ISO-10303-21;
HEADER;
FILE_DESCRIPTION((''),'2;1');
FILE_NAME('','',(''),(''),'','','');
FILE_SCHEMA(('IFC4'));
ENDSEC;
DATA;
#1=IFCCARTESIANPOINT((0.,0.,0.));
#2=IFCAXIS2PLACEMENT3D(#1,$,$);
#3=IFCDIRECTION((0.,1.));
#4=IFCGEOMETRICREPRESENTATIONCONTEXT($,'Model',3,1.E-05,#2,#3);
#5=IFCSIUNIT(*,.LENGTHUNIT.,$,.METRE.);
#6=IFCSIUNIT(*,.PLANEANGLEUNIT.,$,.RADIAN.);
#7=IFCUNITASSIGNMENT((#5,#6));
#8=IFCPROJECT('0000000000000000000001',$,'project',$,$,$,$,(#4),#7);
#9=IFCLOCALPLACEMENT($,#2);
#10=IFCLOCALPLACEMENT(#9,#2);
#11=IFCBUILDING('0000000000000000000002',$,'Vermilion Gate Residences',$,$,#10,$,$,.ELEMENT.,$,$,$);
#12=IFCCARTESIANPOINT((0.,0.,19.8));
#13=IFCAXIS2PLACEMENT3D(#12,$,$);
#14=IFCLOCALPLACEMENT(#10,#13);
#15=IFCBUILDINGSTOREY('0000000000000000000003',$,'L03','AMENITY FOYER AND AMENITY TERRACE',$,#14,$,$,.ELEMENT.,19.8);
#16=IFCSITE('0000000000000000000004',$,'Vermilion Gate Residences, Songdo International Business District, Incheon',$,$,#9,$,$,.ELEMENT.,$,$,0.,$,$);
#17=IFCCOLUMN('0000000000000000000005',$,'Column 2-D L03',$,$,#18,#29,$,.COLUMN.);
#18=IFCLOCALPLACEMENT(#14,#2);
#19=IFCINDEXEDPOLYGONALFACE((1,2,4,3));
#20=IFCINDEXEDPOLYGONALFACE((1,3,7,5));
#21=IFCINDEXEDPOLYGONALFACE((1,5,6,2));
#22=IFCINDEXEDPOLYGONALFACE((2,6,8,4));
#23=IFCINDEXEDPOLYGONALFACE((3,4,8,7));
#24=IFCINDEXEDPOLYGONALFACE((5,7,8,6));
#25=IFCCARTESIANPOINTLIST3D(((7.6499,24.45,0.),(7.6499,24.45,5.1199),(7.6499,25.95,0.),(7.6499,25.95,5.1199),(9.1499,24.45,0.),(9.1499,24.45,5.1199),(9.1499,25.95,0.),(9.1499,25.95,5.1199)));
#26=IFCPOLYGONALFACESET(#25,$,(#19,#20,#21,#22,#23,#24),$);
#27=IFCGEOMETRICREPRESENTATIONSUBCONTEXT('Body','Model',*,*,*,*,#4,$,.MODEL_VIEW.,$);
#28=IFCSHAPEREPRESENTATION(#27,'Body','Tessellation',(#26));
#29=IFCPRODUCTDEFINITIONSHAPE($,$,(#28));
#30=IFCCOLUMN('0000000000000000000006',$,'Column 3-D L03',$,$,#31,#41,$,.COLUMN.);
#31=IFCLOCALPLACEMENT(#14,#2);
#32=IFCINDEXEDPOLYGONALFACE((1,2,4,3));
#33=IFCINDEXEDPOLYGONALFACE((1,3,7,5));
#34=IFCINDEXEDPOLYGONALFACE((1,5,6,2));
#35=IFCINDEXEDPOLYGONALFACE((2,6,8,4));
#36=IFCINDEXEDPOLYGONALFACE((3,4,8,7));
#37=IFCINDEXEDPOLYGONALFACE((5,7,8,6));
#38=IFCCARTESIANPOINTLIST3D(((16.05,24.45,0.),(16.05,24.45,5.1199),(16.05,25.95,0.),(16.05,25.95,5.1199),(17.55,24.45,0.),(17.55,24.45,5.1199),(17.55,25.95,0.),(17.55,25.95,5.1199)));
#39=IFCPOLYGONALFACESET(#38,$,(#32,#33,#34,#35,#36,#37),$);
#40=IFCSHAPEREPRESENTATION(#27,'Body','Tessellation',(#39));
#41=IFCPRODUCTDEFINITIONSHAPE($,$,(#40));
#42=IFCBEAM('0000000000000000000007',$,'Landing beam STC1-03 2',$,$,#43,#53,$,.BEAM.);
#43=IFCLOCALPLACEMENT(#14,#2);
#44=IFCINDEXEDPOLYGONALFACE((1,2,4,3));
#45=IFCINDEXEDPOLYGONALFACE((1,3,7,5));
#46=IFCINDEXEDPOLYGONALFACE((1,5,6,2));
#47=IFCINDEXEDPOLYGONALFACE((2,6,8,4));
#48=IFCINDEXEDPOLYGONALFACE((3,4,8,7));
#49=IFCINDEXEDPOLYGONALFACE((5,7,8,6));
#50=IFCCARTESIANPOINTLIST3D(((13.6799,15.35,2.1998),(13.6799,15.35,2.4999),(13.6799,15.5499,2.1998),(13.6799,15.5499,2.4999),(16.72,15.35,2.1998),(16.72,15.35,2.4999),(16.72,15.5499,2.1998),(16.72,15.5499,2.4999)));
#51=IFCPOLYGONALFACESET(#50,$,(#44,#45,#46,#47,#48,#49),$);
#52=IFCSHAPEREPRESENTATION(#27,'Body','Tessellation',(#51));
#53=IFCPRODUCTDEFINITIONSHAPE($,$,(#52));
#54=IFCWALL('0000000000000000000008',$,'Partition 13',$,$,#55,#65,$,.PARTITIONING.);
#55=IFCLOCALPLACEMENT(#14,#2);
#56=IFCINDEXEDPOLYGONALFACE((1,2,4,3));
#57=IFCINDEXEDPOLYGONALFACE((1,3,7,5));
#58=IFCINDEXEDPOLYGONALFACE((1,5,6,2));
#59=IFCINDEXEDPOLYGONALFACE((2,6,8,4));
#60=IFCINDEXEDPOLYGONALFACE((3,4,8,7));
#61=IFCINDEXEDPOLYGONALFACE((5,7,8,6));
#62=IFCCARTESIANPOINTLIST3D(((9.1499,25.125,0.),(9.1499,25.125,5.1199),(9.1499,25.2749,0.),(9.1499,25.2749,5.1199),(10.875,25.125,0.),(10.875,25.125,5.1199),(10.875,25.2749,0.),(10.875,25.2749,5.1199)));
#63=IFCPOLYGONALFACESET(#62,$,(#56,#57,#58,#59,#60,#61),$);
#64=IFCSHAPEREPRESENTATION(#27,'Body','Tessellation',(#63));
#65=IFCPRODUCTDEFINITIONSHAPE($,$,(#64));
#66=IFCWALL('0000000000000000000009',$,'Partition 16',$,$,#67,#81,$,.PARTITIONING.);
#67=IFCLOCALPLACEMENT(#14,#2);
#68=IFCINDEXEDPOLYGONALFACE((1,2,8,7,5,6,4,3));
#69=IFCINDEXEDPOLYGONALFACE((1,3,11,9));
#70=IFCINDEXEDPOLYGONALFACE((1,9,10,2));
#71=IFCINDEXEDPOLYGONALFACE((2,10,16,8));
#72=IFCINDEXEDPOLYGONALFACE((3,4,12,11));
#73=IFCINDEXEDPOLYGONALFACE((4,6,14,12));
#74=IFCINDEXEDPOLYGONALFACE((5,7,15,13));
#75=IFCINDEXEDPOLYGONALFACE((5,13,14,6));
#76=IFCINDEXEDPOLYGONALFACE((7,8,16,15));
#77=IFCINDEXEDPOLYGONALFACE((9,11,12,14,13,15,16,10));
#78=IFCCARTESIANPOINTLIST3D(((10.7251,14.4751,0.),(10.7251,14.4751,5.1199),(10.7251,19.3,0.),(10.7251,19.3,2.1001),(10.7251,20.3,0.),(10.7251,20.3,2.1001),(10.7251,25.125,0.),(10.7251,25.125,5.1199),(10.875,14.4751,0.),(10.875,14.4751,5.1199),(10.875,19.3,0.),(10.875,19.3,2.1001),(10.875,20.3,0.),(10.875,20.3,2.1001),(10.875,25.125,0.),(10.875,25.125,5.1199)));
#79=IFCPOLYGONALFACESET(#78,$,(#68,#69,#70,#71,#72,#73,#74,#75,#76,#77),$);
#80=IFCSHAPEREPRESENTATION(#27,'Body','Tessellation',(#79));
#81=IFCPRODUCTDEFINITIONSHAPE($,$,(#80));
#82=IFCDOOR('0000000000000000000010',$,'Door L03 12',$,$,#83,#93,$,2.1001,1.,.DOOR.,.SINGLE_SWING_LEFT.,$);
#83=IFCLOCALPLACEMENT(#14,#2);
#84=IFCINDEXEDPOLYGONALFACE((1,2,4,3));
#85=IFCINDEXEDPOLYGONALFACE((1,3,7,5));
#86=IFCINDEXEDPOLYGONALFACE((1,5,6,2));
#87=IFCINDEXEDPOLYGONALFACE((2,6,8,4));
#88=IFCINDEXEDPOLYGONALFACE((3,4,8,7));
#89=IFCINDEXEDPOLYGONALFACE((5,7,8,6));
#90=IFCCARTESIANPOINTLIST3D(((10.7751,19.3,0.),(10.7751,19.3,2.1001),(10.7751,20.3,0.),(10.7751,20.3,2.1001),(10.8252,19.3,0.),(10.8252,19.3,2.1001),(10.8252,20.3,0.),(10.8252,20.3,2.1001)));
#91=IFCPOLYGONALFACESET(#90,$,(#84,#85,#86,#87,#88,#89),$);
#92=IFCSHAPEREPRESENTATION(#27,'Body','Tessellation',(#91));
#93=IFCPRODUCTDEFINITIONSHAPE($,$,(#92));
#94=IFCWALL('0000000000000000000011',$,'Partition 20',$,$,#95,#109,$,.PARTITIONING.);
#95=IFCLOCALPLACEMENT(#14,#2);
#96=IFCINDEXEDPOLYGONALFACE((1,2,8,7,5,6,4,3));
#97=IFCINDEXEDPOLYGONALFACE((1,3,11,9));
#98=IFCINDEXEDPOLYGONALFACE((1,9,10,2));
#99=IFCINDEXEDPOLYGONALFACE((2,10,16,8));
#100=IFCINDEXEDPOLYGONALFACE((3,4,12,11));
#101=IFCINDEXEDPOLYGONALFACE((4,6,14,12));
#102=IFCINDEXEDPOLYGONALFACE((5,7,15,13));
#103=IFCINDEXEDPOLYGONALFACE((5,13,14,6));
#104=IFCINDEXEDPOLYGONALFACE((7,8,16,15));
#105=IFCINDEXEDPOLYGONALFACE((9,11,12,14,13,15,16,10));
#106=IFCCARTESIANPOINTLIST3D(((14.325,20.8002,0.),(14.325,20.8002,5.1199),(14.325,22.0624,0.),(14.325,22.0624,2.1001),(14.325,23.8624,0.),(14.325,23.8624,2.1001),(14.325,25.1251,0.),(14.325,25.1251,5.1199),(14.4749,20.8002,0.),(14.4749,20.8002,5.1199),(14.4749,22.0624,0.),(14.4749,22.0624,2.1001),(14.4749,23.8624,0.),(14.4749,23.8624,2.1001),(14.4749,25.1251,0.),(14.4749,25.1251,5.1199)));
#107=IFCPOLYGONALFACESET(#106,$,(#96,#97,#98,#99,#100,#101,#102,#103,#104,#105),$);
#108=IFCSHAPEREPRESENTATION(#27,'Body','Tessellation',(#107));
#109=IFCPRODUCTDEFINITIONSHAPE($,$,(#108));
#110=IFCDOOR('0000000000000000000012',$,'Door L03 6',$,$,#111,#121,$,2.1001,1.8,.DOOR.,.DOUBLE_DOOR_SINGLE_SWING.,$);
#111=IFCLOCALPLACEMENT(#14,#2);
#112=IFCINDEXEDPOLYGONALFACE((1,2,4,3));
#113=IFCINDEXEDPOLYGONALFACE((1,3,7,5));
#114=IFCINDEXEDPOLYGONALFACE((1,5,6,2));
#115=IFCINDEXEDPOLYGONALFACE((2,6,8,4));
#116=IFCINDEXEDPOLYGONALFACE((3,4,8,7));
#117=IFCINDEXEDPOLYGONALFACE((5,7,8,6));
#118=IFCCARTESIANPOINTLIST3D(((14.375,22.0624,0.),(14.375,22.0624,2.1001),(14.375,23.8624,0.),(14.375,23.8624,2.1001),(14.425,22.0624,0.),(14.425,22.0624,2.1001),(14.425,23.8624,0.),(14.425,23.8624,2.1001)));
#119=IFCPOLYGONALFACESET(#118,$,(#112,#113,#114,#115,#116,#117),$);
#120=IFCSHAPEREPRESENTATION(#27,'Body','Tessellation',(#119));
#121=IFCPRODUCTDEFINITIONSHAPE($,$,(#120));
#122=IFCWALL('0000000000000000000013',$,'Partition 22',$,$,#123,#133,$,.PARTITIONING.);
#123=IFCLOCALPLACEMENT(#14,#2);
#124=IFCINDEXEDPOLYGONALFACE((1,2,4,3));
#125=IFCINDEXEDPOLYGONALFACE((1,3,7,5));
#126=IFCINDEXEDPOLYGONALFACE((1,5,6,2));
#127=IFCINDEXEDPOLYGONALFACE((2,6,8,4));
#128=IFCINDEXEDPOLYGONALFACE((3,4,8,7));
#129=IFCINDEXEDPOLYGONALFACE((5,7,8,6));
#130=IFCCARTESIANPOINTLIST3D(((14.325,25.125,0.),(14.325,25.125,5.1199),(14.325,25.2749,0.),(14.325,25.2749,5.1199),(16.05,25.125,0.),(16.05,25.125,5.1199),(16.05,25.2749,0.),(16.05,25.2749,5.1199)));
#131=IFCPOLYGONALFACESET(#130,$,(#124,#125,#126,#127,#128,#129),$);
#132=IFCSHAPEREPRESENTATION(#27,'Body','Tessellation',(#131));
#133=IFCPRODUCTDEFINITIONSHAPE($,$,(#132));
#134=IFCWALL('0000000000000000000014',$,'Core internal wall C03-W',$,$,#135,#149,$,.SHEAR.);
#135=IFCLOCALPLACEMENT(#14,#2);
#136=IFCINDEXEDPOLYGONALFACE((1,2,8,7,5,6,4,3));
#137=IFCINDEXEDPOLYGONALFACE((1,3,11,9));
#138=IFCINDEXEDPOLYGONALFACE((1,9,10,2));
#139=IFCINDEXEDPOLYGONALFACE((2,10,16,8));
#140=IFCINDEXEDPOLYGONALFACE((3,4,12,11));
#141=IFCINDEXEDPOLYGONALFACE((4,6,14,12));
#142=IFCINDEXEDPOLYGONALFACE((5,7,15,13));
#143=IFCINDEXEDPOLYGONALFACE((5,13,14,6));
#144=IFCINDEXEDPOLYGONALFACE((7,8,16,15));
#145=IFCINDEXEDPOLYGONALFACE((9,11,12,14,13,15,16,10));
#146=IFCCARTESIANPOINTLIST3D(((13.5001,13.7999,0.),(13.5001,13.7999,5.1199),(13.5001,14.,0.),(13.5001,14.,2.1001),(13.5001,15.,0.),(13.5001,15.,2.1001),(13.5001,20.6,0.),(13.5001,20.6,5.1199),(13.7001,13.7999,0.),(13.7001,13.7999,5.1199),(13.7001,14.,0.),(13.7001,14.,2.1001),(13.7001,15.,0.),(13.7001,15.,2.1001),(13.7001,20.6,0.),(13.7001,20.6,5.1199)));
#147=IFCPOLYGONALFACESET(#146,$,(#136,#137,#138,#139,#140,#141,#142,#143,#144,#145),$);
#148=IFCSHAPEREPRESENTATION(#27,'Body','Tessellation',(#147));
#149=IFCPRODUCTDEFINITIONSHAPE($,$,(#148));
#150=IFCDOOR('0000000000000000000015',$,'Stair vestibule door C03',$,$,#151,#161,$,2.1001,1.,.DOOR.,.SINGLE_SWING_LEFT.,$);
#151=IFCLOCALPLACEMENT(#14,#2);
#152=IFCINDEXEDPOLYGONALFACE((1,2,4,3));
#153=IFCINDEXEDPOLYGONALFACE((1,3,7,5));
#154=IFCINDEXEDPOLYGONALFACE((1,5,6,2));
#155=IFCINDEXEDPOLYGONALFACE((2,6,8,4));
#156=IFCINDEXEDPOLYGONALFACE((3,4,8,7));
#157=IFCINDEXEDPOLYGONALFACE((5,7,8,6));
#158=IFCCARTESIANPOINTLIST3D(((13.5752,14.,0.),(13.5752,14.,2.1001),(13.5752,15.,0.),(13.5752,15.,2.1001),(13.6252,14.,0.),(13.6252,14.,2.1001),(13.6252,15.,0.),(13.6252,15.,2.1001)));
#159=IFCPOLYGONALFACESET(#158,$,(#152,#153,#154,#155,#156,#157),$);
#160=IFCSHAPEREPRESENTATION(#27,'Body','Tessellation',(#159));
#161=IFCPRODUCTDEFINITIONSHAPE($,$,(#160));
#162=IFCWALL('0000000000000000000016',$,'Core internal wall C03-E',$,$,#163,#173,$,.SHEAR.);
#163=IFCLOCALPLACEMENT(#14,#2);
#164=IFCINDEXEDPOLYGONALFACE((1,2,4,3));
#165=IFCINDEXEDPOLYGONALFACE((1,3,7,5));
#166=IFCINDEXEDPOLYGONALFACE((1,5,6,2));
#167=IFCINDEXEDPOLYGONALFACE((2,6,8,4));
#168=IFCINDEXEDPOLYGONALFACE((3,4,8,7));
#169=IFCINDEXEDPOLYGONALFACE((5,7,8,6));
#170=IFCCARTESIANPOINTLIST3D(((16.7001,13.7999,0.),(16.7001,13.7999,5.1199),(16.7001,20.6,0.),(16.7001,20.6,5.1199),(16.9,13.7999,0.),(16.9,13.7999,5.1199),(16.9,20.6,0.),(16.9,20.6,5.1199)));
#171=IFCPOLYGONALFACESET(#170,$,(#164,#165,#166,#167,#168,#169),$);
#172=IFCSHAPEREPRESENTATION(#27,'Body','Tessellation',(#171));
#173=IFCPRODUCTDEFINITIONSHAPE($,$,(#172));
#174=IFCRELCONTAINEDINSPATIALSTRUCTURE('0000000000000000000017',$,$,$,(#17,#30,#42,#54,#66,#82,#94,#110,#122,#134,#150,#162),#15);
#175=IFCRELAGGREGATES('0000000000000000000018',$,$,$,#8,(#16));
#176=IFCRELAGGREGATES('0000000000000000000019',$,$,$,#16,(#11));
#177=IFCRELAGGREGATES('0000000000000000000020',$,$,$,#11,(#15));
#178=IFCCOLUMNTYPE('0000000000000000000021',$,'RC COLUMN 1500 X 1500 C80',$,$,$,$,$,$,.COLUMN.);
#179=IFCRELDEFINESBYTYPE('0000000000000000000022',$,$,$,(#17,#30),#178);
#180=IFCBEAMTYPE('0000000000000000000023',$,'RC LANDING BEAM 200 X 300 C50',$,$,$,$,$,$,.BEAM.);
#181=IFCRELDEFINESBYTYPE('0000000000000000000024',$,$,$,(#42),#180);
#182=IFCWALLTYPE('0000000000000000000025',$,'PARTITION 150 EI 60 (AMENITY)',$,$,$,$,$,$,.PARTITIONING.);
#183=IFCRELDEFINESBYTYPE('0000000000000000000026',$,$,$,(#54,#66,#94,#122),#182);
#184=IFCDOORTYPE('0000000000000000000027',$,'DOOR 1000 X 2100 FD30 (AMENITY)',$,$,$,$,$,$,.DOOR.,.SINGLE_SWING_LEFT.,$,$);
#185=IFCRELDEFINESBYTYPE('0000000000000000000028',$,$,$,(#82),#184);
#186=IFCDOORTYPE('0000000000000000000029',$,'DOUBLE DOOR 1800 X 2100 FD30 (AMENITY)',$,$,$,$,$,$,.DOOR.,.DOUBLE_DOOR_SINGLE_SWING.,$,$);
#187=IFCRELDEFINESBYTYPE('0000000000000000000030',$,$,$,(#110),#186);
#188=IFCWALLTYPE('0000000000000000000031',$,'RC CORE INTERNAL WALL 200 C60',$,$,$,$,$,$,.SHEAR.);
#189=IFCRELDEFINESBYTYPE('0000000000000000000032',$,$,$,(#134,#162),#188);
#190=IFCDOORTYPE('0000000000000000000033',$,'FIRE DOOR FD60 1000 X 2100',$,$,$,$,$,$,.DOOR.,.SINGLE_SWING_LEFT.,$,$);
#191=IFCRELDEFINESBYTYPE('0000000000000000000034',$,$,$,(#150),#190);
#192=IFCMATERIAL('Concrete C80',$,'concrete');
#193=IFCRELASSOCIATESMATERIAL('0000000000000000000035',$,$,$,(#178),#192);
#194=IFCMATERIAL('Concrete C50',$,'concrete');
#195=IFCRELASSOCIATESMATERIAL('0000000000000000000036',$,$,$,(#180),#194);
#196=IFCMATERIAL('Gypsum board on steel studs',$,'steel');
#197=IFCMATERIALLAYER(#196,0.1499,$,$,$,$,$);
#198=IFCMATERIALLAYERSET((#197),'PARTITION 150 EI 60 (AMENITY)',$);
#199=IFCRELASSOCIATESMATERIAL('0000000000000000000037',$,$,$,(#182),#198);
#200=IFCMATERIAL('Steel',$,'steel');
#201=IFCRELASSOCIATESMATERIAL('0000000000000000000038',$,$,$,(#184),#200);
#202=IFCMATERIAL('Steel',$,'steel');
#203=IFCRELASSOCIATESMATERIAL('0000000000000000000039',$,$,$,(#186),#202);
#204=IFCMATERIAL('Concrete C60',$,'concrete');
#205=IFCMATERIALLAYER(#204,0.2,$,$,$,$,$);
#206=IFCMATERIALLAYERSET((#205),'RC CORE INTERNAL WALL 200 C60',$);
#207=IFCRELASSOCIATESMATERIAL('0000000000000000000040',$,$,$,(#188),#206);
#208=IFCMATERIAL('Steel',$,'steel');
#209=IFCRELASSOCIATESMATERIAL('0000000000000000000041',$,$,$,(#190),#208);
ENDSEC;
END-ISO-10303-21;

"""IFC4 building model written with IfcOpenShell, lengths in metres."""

from ifc_helpers import new_model, si_unit, direction, frame, frame_2d, origin, origin_2d, place, context, subcontext, project, spatial, rectangle, extrude, material, layer, layer_set, material_profile, profile_set, type_object, element, fill, save


model = new_model("IFC4")

# Units and contexts
model_context = context("Model", 3, precision=1e-05, world=origin(), true_north=direction((0.0, 1.0)))
body_context = subcontext(model_context, "Body", "Model", "MODEL_VIEW")
ifc_project = project(units=[si_unit("LENGTHUNIT", "METRE"), si_unit("PLANEANGLEUNIT", "RADIAN")], contexts=[model_context])

# Site, building, storey
site_placement = place(None, origin())
site = spatial("IfcSite", under=ifc_project, at=site_placement, Name="Vermilion Gate Residences, Songdo International Business District, Incheon", CompositionType="ELEMENT", RefElevation=0.0)
building_placement = place(site_placement, origin())
building = spatial("IfcBuilding", under=site, at=building_placement, Name="Vermilion Gate Residences", CompositionType="ELEMENT")
storey_placement = place(building_placement, frame((0.0, 0.0, 19.8)))
storey = spatial("IfcBuildingStorey", under=building, at=storey_placement, Name="L03", Description="AMENITY FOYER AND AMENITY TERRACE", CompositionType="ELEMENT", Elevation=19.8)

# Columns
ifc_material_1 = material(Name="Concrete C80", Category="concrete")
ifc_material_profile_1 = material_profile(ifc_material_1, rectangle(XDim=1.5, YDim=1.5, at=origin_2d()), Name="RC-1500x1500")
ifc_profile_set_1 = profile_set([ifc_material_profile_1], Name="Concrete C80")
column_type = type_object("IfcColumnType", Name="RC COLUMN 1500 X 1500 C80", PredefinedType="COLUMN", material=ifc_profile_set_1)
for number, where, z_axis, x_axis, name in (
    (1, (8.3999, 25.2, 0.0), (0.0, 0.0, 1.0), (1.0, 0.0, 0.0), "Column 2-D L03"),
    (2, (16.8, 25.2, 0.0), (0.0, 0.0, 1.0), (1.0, 0.0, 0.0), "Column 3-D L03"),
):
    element("IfcColumn", number, at=place(storey_placement, frame(where, z_axis=z_axis, x_axis=x_axis)), inside=storey, type_object=column_type, Name=name, PredefinedType="COLUMN", context=body_context, shape_type="SweptSolid", body=[
        extrude(rectangle(XDim=1.5, YDim=1.5, at=origin_2d()), origin(), (0.0, 0.0, 1.0), 5.1199),
    ])

# Beam
ifc_material_2 = material(Name="Concrete C50", Category="concrete")
ifc_material_profile_2 = material_profile(ifc_material_2, rectangle(XDim=0.2, YDim=0.3, at=origin_2d()), Name="RC-200x300")
ifc_profile_set_2 = profile_set([ifc_material_profile_2], Name="Concrete C50")
beam_type = type_object("IfcBeamType", Name="RC LANDING BEAM 200 X 300 C50", PredefinedType="BEAM", material=ifc_profile_set_2)
beam_placement = place(storey_placement, frame((13.6799, 15.45, 2.3499), z_axis=(1.0, 0.0, 0.0), x_axis=(0.0, 1.0, 0.0)))
element("IfcBeam", 3, at=beam_placement, inside=storey, type_object=beam_type, Name="Landing beam STC1-03 2", PredefinedType="BEAM", context=body_context, shape_type="SweptSolid", body=[
    extrude(rectangle(XDim=0.2, YDim=0.3, at=origin_2d()), origin(), (0.0, 0.0, 1.0), 3.04),
])

# Wall
ifc_material_3 = material(Name="Gypsum board on steel studs", Category="steel")
ifc_layer_1 = layer(ifc_material_3, 0.1499)
ifc_layer_set_1 = layer_set([ifc_layer_1], Name="PARTITION 150 EI 60 (AMENITY)")
wall_type_1 = type_object("IfcWallType", Name="PARTITION 150 EI 60 (AMENITY)", PredefinedType="PARTITIONING", material=ifc_layer_set_1)
wall_1_placement = place(storey_placement, frame((9.1499, 25.2, 0.0), z_axis=(0.0, 0.0, 1.0), x_axis=(1.0, 0.0, 0.0)))
element("IfcWall", 4, at=wall_1_placement, inside=storey, type_object=wall_type_1, Name="Partition 13", PredefinedType="PARTITIONING", context=body_context, shape_type="SweptSolid", body=[
    extrude(rectangle(XDim=1.7251, YDim=0.1499, at=frame_2d((0.8625, 0.0))), origin(), (0.0, 0.0, 1.0), 5.1199),
])

# Walls, openings, doors
wall_2_placement = place(storey_placement, frame((10.8, 14.4751, 0.0), z_axis=(0.0, 0.0, 1.0), x_axis=(0.0, 1.0, 0.0)))
wall_2 = element("IfcWall", 5, at=wall_2_placement, inside=storey, type_object=wall_type_1, Name="Partition 16", PredefinedType="PARTITIONING", context=body_context, shape_type="SweptSolid", body=[
    extrude(rectangle(XDim=10.6499, YDim=0.1499, at=frame_2d((5.325, 0.0))), origin(), (0.0, 0.0, 1.0), 5.1199),
])
opening_1_placement = place(wall_2_placement, frame((4.825, 0.0, 0.0)))
opening_1 = element("IfcOpeningElement", 6, at=opening_1_placement, cuts=wall_2, PredefinedType="OPENING", context=body_context, shape_type="SweptSolid", body=[
    extrude(rectangle(XDim=1.0, YDim=2.1001, at=frame_2d((0.5, 1.05))), frame((0.0, 0.085, 0.0), z_axis=(0.0, -1.0, 0.0), x_axis=(1.0, 0.0, 0.0)), (0.0, 0.0, 1.0), 0.1699),
])
ifc_material_4 = material(Name="Steel", Category="steel")
door_type_1 = type_object("IfcDoorType", Name="DOOR 1000 X 2100 FD30 (AMENITY)", OperationType="SINGLE_SWING_LEFT", PredefinedType="DOOR", material=ifc_material_4)
door_1_placement = place(opening_1_placement, origin())
door_1 = element("IfcDoor", 7, at=door_1_placement, inside=storey, type_object=door_type_1, Name="Door L03 12", OperationType="SINGLE_SWING_LEFT", OverallHeight=2.1001, OverallWidth=1.0, PredefinedType="DOOR", context=body_context, shape_type="SweptSolid", body=[
    extrude(rectangle(XDim=1.0, YDim=2.1001, at=frame_2d((0.5, 1.05))), frame((0.0, 0.0249, 0.0), z_axis=(0.0, -1.0, 0.0), x_axis=(1.0, 0.0, 0.0)), (0.0, 0.0, 1.0), 0.05),
])
fill(opening_1, door_1)
wall_3_placement = place(storey_placement, frame((14.3999, 20.8, 0.0), z_axis=(0.0, 0.0, 1.0), x_axis=(0.0, 1.0, 0.0)))
wall_3 = element("IfcWall", 8, at=wall_3_placement, inside=storey, type_object=wall_type_1, Name="Partition 20", PredefinedType="PARTITIONING", context=body_context, shape_type="SweptSolid", body=[
    extrude(rectangle(XDim=4.325, YDim=0.1499, at=frame_2d((2.1626, 0.0))), origin(), (0.0, 0.0, 1.0), 5.1199),
])
opening_2_placement = place(wall_3_placement, frame((1.2625, 0.0, 0.0)))
opening_2 = element("IfcOpeningElement", 9, at=opening_2_placement, cuts=wall_3, PredefinedType="OPENING", context=body_context, shape_type="SweptSolid", body=[
    extrude(rectangle(XDim=1.8, YDim=2.1001, at=frame_2d((0.8999, 1.05))), frame((0.0, 0.085, 0.0), z_axis=(0.0, -1.0, 0.0), x_axis=(1.0, 0.0, 0.0)), (0.0, 0.0, 1.0), 0.1699),
])
ifc_material_5 = material(Name="Steel", Category="steel")
door_type_2 = type_object("IfcDoorType", Name="DOUBLE DOOR 1800 X 2100 FD30 (AMENITY)", OperationType="DOUBLE_DOOR_SINGLE_SWING", PredefinedType="DOOR", material=ifc_material_5)
door_2_placement = place(opening_2_placement, origin())
door_2 = element("IfcDoor", 10, at=door_2_placement, inside=storey, type_object=door_type_2, Name="Door L03 6", OperationType="DOUBLE_DOOR_SINGLE_SWING", OverallHeight=2.1001, OverallWidth=1.8, PredefinedType="DOOR", context=body_context, shape_type="SweptSolid", body=[
    extrude(rectangle(XDim=1.8, YDim=2.1001, at=frame_2d((0.8999, 1.05))), frame((0.0, 0.0249, 0.0), z_axis=(0.0, -1.0, 0.0), x_axis=(1.0, 0.0, 0.0)), (0.0, 0.0, 1.0), 0.05),
])
fill(opening_2, door_2)

# Wall
wall_4_placement = place(storey_placement, frame((14.325, 25.2, 0.0), z_axis=(0.0, 0.0, 1.0), x_axis=(1.0, 0.0, 0.0)))
element("IfcWall", 11, at=wall_4_placement, inside=storey, type_object=wall_type_1, Name="Partition 22", PredefinedType="PARTITIONING", context=body_context, shape_type="SweptSolid", body=[
    extrude(rectangle(XDim=1.7251, YDim=0.1499, at=frame_2d((0.8625, 0.0))), origin(), (0.0, 0.0, 1.0), 5.1199),
])

# Wall, opening, door
ifc_material_6 = material(Name="Concrete C60", Category="concrete")
ifc_layer_2 = layer(ifc_material_6, 0.2)
ifc_layer_set_2 = layer_set([ifc_layer_2], Name="RC CORE INTERNAL WALL 200 C60")
wall_type_2 = type_object("IfcWallType", Name="RC CORE INTERNAL WALL 200 C60", PredefinedType="SHEAR", material=ifc_layer_set_2)
wall_5_placement = place(storey_placement, frame((13.6001, 13.8, 0.0), z_axis=(0.0, 0.0, 1.0), x_axis=(0.0, 1.0, 0.0)))
wall_5 = element("IfcWall", 12, at=wall_5_placement, inside=storey, type_object=wall_type_2, Name="Core internal wall C03-W", PredefinedType="SHEAR", context=body_context, shape_type="SweptSolid", body=[
    extrude(rectangle(XDim=6.8, YDim=0.2, at=frame_2d((3.3999, 0.0))), origin(), (0.0, 0.0, 1.0), 5.1199),
])
opening_3_placement = place(wall_5_placement, frame((0.2, 0.0, 0.0)))
opening_3 = element("IfcOpeningElement", 13, at=opening_3_placement, cuts=wall_5, PredefinedType="OPENING", context=body_context, shape_type="SweptSolid", body=[
    extrude(rectangle(XDim=1.0, YDim=2.1001, at=frame_2d((0.5, 1.05))), frame((0.0, 0.1099, 0.0), z_axis=(0.0, -1.0, 0.0), x_axis=(1.0, 0.0, 0.0)), (0.0, 0.0, 1.0), 0.22),
])
ifc_material_7 = material(Name="Steel", Category="steel")
door_type_3 = type_object("IfcDoorType", Name="FIRE DOOR FD60 1000 X 2100", OperationType="SINGLE_SWING_LEFT", PredefinedType="DOOR", material=ifc_material_7)
door_3_placement = place(opening_3_placement, origin())
door_3 = element("IfcDoor", 14, at=door_3_placement, inside=storey, type_object=door_type_3, Name="Stair vestibule door C03", OperationType="SINGLE_SWING_LEFT", OverallHeight=2.1001, OverallWidth=1.0, PredefinedType="DOOR", context=body_context, shape_type="SweptSolid", body=[
    extrude(rectangle(XDim=1.0, YDim=2.1001, at=frame_2d((0.5, 1.05))), frame((0.0, 0.0249, 0.0), z_axis=(0.0, -1.0, 0.0), x_axis=(1.0, 0.0, 0.0)), (0.0, 0.0, 1.0), 0.05),
])
fill(opening_3, door_3)

# Wall
wall_6_placement = place(storey_placement, frame((16.8, 13.8, 0.0), z_axis=(0.0, 0.0, 1.0), x_axis=(0.0, 1.0, 0.0)))
element("IfcWall", 15, at=wall_6_placement, inside=storey, type_object=wall_type_2, Name="Core internal wall C03-E", PredefinedType="SHEAR", context=body_context, shape_type="SweptSolid", body=[
    extrude(rectangle(XDim=6.8, YDim=0.2, at=frame_2d((3.3999, 0.0))), origin(), (0.0, 0.0, 1.0), 5.1199),
])

save(model, "model.ifc")
